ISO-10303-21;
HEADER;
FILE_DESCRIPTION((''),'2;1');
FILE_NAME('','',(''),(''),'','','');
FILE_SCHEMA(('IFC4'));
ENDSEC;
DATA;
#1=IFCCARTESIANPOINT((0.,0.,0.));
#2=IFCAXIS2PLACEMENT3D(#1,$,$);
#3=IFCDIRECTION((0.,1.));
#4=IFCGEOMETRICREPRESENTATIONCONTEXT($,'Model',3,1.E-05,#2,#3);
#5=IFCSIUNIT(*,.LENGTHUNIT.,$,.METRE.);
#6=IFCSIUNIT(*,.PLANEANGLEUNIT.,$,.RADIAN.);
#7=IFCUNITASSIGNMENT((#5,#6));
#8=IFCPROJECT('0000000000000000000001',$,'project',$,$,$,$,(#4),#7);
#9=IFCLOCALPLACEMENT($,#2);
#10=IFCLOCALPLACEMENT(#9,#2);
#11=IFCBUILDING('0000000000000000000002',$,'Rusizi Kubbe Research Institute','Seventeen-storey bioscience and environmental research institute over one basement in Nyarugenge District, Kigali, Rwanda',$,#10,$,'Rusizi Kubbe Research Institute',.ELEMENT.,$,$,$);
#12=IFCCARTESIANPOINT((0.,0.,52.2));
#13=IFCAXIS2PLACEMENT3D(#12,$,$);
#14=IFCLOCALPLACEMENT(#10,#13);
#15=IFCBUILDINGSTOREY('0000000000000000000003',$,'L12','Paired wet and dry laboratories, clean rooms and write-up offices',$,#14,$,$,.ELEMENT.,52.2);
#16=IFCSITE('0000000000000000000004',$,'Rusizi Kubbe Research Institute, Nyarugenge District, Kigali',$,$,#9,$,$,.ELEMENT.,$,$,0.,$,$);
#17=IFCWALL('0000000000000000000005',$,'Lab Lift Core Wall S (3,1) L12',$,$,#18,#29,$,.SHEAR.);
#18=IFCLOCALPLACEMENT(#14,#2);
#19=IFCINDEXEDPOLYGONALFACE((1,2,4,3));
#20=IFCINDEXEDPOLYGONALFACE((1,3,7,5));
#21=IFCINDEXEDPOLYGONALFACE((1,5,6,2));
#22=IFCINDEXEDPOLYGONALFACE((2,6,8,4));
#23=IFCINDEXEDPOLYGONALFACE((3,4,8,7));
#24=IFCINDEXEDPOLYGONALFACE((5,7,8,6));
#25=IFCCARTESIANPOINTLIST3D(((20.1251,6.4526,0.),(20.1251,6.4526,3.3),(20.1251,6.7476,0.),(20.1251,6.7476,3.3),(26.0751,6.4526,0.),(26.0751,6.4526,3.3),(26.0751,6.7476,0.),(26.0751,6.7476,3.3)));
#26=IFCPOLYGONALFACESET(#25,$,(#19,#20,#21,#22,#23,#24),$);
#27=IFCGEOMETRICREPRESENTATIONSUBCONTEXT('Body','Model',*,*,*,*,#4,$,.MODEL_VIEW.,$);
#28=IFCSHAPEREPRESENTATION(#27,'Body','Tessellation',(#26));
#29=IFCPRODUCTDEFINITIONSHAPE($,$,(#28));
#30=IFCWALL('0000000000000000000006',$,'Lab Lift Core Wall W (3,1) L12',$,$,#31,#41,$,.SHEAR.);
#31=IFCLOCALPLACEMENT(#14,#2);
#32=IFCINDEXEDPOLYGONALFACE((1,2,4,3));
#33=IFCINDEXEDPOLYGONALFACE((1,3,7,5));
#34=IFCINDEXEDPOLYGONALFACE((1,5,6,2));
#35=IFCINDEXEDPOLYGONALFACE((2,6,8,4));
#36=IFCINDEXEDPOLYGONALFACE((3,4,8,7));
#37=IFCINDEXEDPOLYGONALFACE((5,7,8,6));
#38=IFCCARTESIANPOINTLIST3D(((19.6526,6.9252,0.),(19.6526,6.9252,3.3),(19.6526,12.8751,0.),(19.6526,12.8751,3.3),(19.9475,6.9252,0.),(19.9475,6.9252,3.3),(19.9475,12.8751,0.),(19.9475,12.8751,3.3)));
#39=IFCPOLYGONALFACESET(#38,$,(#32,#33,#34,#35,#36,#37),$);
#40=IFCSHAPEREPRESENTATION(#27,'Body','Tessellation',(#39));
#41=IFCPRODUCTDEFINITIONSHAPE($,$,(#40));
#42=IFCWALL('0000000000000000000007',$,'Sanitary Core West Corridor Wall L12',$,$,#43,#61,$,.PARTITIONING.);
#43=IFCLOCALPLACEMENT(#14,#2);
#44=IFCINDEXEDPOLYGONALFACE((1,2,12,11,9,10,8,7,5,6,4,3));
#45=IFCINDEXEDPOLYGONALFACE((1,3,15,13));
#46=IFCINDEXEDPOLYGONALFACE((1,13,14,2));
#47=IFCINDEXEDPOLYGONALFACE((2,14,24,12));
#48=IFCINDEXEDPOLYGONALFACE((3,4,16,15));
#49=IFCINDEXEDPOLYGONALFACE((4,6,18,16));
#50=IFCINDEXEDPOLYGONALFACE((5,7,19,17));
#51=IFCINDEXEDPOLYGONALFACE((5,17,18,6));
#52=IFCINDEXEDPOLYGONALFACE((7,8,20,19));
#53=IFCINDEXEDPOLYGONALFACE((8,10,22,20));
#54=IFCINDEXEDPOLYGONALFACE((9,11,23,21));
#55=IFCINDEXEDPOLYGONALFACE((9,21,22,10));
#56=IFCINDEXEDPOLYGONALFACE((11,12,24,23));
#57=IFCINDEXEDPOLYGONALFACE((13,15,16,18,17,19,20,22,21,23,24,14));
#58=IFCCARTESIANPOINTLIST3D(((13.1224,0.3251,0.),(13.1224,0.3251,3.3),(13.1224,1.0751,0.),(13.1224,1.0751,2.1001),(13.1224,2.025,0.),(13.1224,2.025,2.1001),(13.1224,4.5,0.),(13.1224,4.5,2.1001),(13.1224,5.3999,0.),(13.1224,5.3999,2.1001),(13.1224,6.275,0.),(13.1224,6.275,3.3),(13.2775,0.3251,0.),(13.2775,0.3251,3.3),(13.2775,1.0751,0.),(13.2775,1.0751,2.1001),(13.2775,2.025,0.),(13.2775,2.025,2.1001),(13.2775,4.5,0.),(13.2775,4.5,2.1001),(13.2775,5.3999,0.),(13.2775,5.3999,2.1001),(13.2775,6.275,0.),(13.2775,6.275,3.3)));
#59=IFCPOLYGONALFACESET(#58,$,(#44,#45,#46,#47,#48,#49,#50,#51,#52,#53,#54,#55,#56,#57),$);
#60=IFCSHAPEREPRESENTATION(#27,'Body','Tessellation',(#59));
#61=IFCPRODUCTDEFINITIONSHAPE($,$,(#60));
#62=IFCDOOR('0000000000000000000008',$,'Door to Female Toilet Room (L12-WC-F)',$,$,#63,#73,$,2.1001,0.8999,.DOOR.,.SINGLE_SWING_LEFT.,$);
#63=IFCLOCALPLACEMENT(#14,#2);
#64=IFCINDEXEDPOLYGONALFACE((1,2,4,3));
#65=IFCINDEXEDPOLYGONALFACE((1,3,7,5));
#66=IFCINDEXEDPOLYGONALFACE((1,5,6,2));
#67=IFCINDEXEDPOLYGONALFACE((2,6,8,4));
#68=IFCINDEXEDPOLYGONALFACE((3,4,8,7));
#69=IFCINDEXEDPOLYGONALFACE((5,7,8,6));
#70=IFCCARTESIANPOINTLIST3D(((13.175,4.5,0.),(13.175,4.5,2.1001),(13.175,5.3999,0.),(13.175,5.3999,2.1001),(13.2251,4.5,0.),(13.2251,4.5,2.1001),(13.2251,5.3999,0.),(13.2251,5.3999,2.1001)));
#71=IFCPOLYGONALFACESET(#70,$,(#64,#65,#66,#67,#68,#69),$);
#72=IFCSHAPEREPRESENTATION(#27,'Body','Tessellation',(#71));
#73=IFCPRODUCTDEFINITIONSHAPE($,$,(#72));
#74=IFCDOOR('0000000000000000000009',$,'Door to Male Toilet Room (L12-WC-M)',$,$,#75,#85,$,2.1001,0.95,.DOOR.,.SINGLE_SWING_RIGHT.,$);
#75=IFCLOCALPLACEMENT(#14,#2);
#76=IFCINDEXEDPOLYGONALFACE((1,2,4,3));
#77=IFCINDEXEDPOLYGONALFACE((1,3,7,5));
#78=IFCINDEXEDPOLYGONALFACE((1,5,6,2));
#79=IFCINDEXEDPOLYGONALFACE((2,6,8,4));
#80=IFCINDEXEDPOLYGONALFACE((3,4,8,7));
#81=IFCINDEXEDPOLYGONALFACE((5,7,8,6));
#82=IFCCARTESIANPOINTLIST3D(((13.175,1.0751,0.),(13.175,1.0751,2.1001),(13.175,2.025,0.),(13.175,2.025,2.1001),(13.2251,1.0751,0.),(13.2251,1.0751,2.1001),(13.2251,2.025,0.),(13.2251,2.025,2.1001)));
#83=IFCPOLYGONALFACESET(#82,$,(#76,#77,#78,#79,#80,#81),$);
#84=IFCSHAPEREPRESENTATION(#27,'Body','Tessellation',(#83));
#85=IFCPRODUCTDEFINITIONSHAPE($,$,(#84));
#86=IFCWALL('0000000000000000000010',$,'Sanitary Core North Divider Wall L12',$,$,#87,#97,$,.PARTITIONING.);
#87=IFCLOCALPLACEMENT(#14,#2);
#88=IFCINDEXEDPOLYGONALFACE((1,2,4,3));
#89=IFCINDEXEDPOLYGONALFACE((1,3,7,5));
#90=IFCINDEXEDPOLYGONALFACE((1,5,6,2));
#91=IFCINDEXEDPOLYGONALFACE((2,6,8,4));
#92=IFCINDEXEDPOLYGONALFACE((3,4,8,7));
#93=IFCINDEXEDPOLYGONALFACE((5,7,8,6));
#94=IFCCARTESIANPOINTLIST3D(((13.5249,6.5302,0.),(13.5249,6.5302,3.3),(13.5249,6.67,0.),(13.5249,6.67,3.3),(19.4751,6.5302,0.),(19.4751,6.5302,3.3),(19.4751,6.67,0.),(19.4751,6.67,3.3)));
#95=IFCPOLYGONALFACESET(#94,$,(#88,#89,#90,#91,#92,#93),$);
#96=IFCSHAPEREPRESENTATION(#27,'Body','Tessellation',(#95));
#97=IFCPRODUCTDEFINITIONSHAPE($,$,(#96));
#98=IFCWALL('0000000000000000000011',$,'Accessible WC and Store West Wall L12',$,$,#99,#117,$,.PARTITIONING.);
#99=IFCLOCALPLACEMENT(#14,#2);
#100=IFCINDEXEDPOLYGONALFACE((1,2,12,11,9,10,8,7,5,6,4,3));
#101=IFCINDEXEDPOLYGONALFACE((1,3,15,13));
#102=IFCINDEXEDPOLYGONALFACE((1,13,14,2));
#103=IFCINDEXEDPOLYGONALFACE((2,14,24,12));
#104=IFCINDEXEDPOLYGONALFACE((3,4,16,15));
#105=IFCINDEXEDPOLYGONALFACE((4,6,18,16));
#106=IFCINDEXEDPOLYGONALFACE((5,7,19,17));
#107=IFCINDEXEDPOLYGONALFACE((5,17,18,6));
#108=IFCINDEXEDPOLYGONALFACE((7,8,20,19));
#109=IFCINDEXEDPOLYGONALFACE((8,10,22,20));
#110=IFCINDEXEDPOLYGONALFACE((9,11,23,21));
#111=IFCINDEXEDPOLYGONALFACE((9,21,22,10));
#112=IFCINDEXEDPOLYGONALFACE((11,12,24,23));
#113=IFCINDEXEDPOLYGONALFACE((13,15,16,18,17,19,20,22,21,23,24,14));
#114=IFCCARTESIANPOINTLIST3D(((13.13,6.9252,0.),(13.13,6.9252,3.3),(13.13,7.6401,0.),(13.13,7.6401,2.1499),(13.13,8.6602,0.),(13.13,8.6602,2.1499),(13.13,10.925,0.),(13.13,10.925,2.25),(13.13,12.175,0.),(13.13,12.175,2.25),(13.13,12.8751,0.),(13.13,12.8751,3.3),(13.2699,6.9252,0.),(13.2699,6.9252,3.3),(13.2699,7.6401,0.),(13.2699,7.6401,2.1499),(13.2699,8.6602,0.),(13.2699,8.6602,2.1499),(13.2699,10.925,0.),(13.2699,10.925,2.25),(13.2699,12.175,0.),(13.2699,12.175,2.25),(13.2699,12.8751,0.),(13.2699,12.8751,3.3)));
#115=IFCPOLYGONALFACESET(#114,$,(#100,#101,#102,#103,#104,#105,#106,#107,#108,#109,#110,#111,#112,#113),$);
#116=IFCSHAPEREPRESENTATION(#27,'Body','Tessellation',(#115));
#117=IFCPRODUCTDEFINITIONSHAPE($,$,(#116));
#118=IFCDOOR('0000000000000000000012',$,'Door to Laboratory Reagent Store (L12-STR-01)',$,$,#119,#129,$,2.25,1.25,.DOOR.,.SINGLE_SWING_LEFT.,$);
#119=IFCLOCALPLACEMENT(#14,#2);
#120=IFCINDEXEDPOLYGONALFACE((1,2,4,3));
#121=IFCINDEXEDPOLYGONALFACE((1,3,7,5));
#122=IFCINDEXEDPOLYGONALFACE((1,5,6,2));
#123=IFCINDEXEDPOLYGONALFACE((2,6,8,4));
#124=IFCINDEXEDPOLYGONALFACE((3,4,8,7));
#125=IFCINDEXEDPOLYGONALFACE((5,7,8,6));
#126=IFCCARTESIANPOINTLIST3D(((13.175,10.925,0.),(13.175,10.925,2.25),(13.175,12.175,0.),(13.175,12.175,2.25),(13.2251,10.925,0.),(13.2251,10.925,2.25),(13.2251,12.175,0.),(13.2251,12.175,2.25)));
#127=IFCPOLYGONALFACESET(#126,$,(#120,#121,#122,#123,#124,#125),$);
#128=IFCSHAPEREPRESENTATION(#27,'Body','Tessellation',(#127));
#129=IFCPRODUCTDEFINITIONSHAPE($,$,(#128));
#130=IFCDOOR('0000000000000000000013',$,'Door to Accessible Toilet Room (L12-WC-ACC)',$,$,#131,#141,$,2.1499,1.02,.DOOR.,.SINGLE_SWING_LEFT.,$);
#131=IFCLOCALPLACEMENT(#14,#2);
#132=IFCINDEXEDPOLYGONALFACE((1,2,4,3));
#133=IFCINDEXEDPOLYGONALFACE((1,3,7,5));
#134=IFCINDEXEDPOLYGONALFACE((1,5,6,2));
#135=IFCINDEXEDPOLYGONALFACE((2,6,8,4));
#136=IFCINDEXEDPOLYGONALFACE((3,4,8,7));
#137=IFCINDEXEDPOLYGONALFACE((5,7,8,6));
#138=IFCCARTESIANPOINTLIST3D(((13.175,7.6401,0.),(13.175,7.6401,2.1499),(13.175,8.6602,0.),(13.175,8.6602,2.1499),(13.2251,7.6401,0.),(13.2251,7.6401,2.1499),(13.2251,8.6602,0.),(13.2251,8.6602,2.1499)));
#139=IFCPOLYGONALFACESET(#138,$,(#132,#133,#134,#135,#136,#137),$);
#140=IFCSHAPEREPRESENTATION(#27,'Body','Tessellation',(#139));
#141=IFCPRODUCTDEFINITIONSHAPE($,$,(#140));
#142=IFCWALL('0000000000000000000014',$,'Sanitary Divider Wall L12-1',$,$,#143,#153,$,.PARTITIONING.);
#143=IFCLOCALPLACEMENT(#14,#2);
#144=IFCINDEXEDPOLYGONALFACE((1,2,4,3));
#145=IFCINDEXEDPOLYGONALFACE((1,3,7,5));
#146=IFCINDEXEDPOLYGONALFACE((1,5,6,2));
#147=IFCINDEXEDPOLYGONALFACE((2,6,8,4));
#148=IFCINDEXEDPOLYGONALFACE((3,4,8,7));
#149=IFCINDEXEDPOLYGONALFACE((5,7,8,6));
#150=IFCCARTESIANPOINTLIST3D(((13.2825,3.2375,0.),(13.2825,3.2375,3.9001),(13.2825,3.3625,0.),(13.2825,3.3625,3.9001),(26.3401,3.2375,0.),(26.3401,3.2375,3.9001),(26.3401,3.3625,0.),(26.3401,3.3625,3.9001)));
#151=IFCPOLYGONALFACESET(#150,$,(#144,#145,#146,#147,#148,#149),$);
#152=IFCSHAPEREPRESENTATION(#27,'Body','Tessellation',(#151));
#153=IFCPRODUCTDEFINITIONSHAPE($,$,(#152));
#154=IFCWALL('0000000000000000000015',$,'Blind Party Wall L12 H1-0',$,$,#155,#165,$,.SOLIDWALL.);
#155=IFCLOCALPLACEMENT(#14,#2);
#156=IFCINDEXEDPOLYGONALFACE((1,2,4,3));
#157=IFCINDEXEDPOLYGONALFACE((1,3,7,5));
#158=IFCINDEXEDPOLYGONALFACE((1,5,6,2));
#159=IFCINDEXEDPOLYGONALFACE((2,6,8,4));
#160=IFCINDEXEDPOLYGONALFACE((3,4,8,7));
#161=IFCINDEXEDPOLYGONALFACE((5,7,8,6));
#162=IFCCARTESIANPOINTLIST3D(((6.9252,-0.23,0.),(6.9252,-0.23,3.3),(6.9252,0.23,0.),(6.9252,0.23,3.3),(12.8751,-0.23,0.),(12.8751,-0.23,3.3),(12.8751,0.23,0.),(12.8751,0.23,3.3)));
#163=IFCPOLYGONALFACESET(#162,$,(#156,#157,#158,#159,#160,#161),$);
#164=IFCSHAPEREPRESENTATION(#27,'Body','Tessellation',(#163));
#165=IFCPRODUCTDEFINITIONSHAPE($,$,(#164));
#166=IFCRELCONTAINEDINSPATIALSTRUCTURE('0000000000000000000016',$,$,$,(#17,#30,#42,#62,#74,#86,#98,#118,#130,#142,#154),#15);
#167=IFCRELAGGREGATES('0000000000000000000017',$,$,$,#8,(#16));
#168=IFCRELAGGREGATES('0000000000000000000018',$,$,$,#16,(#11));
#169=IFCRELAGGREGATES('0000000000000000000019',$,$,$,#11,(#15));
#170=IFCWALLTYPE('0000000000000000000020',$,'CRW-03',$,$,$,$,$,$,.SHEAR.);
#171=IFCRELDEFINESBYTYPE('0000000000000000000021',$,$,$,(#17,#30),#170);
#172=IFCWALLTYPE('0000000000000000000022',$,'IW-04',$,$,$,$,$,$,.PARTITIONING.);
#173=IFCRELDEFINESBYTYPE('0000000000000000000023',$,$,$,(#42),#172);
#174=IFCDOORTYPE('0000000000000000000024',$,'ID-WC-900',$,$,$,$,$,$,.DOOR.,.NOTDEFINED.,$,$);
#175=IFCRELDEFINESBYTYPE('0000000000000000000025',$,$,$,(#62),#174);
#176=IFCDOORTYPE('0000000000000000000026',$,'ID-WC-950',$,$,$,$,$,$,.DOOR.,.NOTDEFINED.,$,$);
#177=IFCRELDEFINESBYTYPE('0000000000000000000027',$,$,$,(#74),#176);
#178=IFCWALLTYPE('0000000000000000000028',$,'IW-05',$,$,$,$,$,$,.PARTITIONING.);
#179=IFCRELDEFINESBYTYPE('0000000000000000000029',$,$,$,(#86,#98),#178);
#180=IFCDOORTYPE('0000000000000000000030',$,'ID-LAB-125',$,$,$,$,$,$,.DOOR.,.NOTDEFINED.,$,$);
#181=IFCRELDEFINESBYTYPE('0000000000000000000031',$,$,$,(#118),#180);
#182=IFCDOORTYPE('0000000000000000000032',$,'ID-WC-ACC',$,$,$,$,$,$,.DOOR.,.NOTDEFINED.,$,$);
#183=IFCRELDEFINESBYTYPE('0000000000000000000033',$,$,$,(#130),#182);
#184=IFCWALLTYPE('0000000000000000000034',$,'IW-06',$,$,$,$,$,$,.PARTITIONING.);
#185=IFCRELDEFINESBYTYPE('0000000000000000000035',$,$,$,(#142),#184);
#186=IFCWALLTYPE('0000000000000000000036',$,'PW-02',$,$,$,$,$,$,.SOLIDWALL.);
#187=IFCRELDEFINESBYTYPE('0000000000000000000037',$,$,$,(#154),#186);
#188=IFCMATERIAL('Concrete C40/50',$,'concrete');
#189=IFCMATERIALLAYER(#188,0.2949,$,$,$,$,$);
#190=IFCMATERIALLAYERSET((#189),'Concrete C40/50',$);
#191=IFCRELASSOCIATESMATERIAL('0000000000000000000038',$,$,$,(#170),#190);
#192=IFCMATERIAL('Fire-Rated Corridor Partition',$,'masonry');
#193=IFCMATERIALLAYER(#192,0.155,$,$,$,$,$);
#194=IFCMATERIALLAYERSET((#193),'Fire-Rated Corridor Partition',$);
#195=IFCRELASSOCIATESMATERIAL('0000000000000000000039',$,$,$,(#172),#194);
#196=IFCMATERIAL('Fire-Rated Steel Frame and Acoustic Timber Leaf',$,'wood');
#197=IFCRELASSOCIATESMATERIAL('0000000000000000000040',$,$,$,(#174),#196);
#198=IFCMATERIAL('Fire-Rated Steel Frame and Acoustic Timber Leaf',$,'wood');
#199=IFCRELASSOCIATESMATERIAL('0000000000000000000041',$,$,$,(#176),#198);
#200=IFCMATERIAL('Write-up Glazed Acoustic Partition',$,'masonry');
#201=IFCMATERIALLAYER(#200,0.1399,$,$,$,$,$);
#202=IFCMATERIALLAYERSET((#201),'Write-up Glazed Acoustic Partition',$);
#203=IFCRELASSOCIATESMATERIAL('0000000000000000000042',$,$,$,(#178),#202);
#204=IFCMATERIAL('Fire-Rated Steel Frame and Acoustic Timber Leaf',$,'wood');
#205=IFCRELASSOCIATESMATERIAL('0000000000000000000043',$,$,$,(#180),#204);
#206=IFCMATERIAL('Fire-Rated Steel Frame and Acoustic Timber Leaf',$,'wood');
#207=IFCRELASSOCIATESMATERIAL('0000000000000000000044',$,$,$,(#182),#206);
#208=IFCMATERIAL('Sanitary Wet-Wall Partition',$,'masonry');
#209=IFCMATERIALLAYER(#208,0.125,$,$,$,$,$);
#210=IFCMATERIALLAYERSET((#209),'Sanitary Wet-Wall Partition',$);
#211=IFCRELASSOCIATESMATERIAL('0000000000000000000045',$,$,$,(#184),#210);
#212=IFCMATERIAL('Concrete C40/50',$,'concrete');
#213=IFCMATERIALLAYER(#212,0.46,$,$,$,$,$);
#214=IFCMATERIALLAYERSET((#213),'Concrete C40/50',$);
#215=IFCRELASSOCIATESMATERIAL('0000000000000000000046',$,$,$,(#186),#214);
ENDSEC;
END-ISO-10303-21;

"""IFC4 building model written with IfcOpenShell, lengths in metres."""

from ifc_helpers import new_model, si_unit, direction, frame, frame_2d, origin, place, context, subcontext, project, spatial, rectangle, extrude, material, layer, layer_set, type_object, element, fill, save


model = new_model("IFC4")

# Units and contexts
model_context = context("Model", 3, precision=1e-05, world=origin(), true_north=direction((0.0, 1.0)))
body_context = subcontext(model_context, "Body", "Model", "MODEL_VIEW")
ifc_project = project(units=[si_unit("LENGTHUNIT", "METRE"), si_unit("PLANEANGLEUNIT", "RADIAN")], contexts=[model_context])

# Site, building, storey
site_placement = place(None, origin())
site = spatial("IfcSite", under=ifc_project, at=site_placement, Name="Rusizi Kubbe Research Institute, Nyarugenge District, Kigali", CompositionType="ELEMENT", RefElevation=0.0)
building_placement = place(site_placement, origin())
building = spatial("IfcBuilding", under=site, at=building_placement, Name="Rusizi Kubbe Research Institute", Description="Seventeen-storey bioscience and environmental research institute over one basement in Nyarugenge District, Kigali, Rwanda", LongName="Rusizi Kubbe Research Institute", CompositionType="ELEMENT")
storey_placement = place(building_placement, frame((0.0, 0.0, 52.2)))
storey = spatial("IfcBuildingStorey", under=building, at=storey_placement, Name="L12", Description="Paired wet and dry laboratories, clean rooms and write-up offices", CompositionType="ELEMENT", Elevation=52.2)

# Walls
ifc_material_1 = material(Name="Concrete C40/50", Category="concrete")
ifc_layer_1 = layer(ifc_material_1, 0.2949)
ifc_layer_set_1 = layer_set([ifc_layer_1], Name="Concrete C40/50")
wall_type_1 = type_object("IfcWallType", Name="CRW-03", PredefinedType="SHEAR", material=ifc_layer_set_1)
for number, where, z_axis, x_axis, name in (
    (1, (20.125, 6.6001, 0.0), (0.0, 0.0, 1.0), (1.0, 0.0, 0.0), "Lab Lift Core Wall S (3,1) L12"),
    (2, (19.8, 6.925, 0.0), (0.0, 0.0, 1.0), (0.0, 1.0, 0.0), "Lab Lift Core Wall W (3,1) L12"),
):
    element("IfcWall", number, at=place(storey_placement, frame(where, z_axis=z_axis, x_axis=x_axis)), inside=storey, type_object=wall_type_1, Name=name, PredefinedType="SHEAR", context=body_context, shape_type="SweptSolid", body=[
        extrude(rectangle(XDim=5.95, YDim=0.2949, at=frame_2d((2.9751, 0.0))), origin(), (0.0, 0.0, 1.0), 3.3),
    ])

# Wall, openings, doors
ifc_material_2 = material(Name="Fire-Rated Corridor Partition", Category="masonry")
ifc_layer_2 = layer(ifc_material_2, 0.155)
ifc_layer_set_2 = layer_set([ifc_layer_2], Name="Fire-Rated Corridor Partition")
wall_type_2 = type_object("IfcWallType", Name="IW-04", PredefinedType="PARTITIONING", material=ifc_layer_set_2)
wall_1_placement = place(storey_placement, frame((13.2, 0.325, 0.0), z_axis=(0.0, 0.0, 1.0), x_axis=(0.0, 1.0, 0.0)))
wall_1 = element("IfcWall", 3, at=wall_1_placement, inside=storey, type_object=wall_type_2, Name="Sanitary Core West Corridor Wall L12", PredefinedType="PARTITIONING", context=body_context, shape_type="SweptSolid", body=[
    extrude(rectangle(XDim=5.95, YDim=0.155, at=frame_2d((2.9751, 0.0))), origin(), (0.0, 0.0, 1.0), 3.3),
])
opening_1_placement = place(wall_1_placement, frame((0.75, 0.0, 0.0)))
opening_1 = element("IfcOpeningElement", 4, at=opening_1_placement, cuts=wall_1, PredefinedType="OPENING", context=body_context, shape_type="SweptSolid", body=[
    extrude(rectangle(XDim=0.95, YDim=2.1001, at=frame_2d((0.4751, 1.05))), frame((0.0, 0.0874, 0.0), z_axis=(0.0, -1.0, 0.0), x_axis=(1.0, 0.0, 0.0)), (0.0, 0.0, 1.0), 0.175),
])
opening_2_placement = place(wall_1_placement, frame((4.175, 0.0, 0.0)))
opening_2 = element("IfcOpeningElement", 5, at=opening_2_placement, cuts=wall_1, PredefinedType="OPENING", context=body_context, shape_type="SweptSolid", body=[
    extrude(rectangle(XDim=0.8999, YDim=2.1001, at=frame_2d((0.45, 1.05))), frame((0.0, 0.0874, 0.0), z_axis=(0.0, -1.0, 0.0), x_axis=(1.0, 0.0, 0.0)), (0.0, 0.0, 1.0), 0.175),
])
ifc_material_3 = material(Name="Fire-Rated Steel Frame and Acoustic Timber Leaf", Category="wood")
door_type_1 = type_object("IfcDoorType", Name="ID-WC-900", OperationType="NOTDEFINED", PredefinedType="DOOR", material=ifc_material_3)
door_1_placement = place(opening_2_placement, origin())
door_1 = element("IfcDoor", 6, at=door_1_placement, inside=storey, type_object=door_type_1, Name="Door to Female Toilet Room (L12-WC-F)", OperationType="SINGLE_SWING_LEFT", OverallHeight=2.1001, OverallWidth=0.8999, PredefinedType="DOOR", context=body_context, shape_type="SweptSolid", body=[
    extrude(rectangle(XDim=0.8999, YDim=2.1001, at=frame_2d((0.45, 1.05))), frame((0.0, 0.0249, 0.0), z_axis=(0.0, -1.0, 0.0), x_axis=(1.0, 0.0, 0.0)), (0.0, 0.0, 1.0), 0.05),
])
fill(opening_2, door_1)
ifc_material_4 = material(Name="Fire-Rated Steel Frame and Acoustic Timber Leaf", Category="wood")
door_type_2 = type_object("IfcDoorType", Name="ID-WC-950", OperationType="NOTDEFINED", PredefinedType="DOOR", material=ifc_material_4)
door_2_placement = place(opening_1_placement, origin())
door_2 = element("IfcDoor", 7, at=door_2_placement, inside=storey, type_object=door_type_2, Name="Door to Male Toilet Room (L12-WC-M)", OperationType="SINGLE_SWING_RIGHT", OverallHeight=2.1001, OverallWidth=0.95, PredefinedType="DOOR", context=body_context, shape_type="SweptSolid", body=[
    extrude(rectangle(XDim=0.95, YDim=2.1001, at=frame_2d((0.4751, 1.05))), frame((0.0, 0.0249, 0.0), z_axis=(0.0, -1.0, 0.0), x_axis=(1.0, 0.0, 0.0)), (0.0, 0.0, 1.0), 0.05),
])
fill(opening_1, door_2)

# Wall
ifc_material_5 = material(Name="Write-up Glazed Acoustic Partition", Category="masonry")
ifc_layer_3 = layer(ifc_material_5, 0.1399)
ifc_layer_set_3 = layer_set([ifc_layer_3], Name="Write-up Glazed Acoustic Partition")
wall_type_3 = type_object("IfcWallType", Name="IW-05", PredefinedType="PARTITIONING", material=ifc_layer_set_3)
wall_2_placement = place(storey_placement, frame((13.5249, 6.6001, 0.0), z_axis=(0.0, 0.0, 1.0), x_axis=(1.0, 0.0, 0.0)))
element("IfcWall", 8, at=wall_2_placement, inside=storey, type_object=wall_type_3, Name="Sanitary Core North Divider Wall L12", PredefinedType="PARTITIONING", context=body_context, shape_type="SweptSolid", body=[
    extrude(rectangle(XDim=5.9502, YDim=0.1399, at=frame_2d((2.9751, 0.0))), origin(), (0.0, 0.0, 1.0), 3.3),
])

# Wall, openings, doors
wall_3_placement = place(storey_placement, frame((13.2, 6.925, 0.0), z_axis=(0.0, 0.0, 1.0), x_axis=(0.0, 1.0, 0.0)))
wall_3 = element("IfcWall", 9, at=wall_3_placement, inside=storey, type_object=wall_type_3, Name="Accessible WC and Store West Wall L12", PredefinedType="PARTITIONING", context=body_context, shape_type="SweptSolid", body=[
    extrude(rectangle(XDim=5.95, YDim=0.1399, at=frame_2d((2.9751, 0.0))), origin(), (0.0, 0.0, 1.0), 3.3),
])
opening_3_placement = place(wall_3_placement, frame((0.7151, 0.0, 0.0)))
opening_3 = element("IfcOpeningElement", 10, at=opening_3_placement, cuts=wall_3, PredefinedType="OPENING", context=body_context, shape_type="SweptSolid", body=[
    extrude(rectangle(XDim=1.02, YDim=2.1499, at=frame_2d((0.51, 1.075))), frame((0.0, 0.0798, 0.0), z_axis=(0.0, -1.0, 0.0), x_axis=(1.0, 0.0, 0.0)), (0.0, 0.0, 1.0), 0.1599),
])
opening_4_placement = place(wall_3_placement, frame((4.0, 0.0, 0.0)))
opening_4 = element("IfcOpeningElement", 11, at=opening_4_placement, cuts=wall_3, PredefinedType="OPENING", context=body_context, shape_type="SweptSolid", body=[
    extrude(rectangle(XDim=1.25, YDim=2.25, at=frame_2d((0.625, 1.125))), frame((0.0, 0.0798, 0.0), z_axis=(0.0, -1.0, 0.0), x_axis=(1.0, 0.0, 0.0)), (0.0, 0.0, 1.0), 0.1599),
])
ifc_material_6 = material(Name="Fire-Rated Steel Frame and Acoustic Timber Leaf", Category="wood")
door_type_3 = type_object("IfcDoorType", Name="ID-LAB-125", OperationType="NOTDEFINED", PredefinedType="DOOR", material=ifc_material_6)
door_3_placement = place(opening_4_placement, origin())
door_3 = element("IfcDoor", 12, at=door_3_placement, inside=storey, type_object=door_type_3, Name="Door to Laboratory Reagent Store (L12-STR-01)", OperationType="SINGLE_SWING_LEFT", OverallHeight=2.25, OverallWidth=1.25, PredefinedType="DOOR", context=body_context, shape_type="SweptSolid", body=[
    extrude(rectangle(XDim=1.25, YDim=2.25, at=frame_2d((0.625, 1.125))), frame((0.0, 0.0249, 0.0), z_axis=(0.0, -1.0, 0.0), x_axis=(1.0, 0.0, 0.0)), (0.0, 0.0, 1.0), 0.05),
])
fill(opening_4, door_3)
ifc_material_7 = material(Name="Fire-Rated Steel Frame and Acoustic Timber Leaf", Category="wood")
door_type_4 = type_object("IfcDoorType", Name="ID-WC-ACC", OperationType="NOTDEFINED", PredefinedType="DOOR", material=ifc_material_7)
door_4_placement = place(opening_3_placement, origin())
door_4 = element("IfcDoor", 13, at=door_4_placement, inside=storey, type_object=door_type_4, Name="Door to Accessible Toilet Room (L12-WC-ACC)", OperationType="SINGLE_SWING_LEFT", OverallHeight=2.1499, OverallWidth=1.02, PredefinedType="DOOR", context=body_context, shape_type="SweptSolid", body=[
    extrude(rectangle(XDim=1.02, YDim=2.1499, at=frame_2d((0.51, 1.075))), frame((0.0, 0.0249, 0.0), z_axis=(0.0, -1.0, 0.0), x_axis=(1.0, 0.0, 0.0)), (0.0, 0.0, 1.0), 0.05),
])
fill(opening_3, door_4)

# Walls
ifc_material_8 = material(Name="Sanitary Wet-Wall Partition", Category="masonry")
ifc_layer_4 = layer(ifc_material_8, 0.125)
ifc_layer_set_4 = layer_set([ifc_layer_4], Name="Sanitary Wet-Wall Partition")
wall_type_4 = type_object("IfcWallType", Name="IW-06", PredefinedType="PARTITIONING", material=ifc_layer_set_4)
wall_4_placement = place(storey_placement, frame((13.2825, 3.3, 0.0), z_axis=(0.0, 0.0, 1.0), x_axis=(1.0, 0.0, 0.0)))
element("IfcWall", 14, at=wall_4_placement, inside=storey, type_object=wall_type_4, Name="Sanitary Divider Wall L12-1", PredefinedType="PARTITIONING", context=body_context, shape_type="SweptSolid", body=[
    extrude(rectangle(XDim=13.0576, YDim=0.125, at=frame_2d((6.5288, 0.0))), origin(), (0.0, 0.0, 1.0), 3.9001),
])
ifc_material_9 = material(Name="Concrete C40/50", Category="concrete")
ifc_layer_5 = layer(ifc_material_9, 0.46)
ifc_layer_set_5 = layer_set([ifc_layer_5], Name="Concrete C40/50")
wall_type_5 = type_object("IfcWallType", Name="PW-02", PredefinedType="SOLIDWALL", material=ifc_layer_set_5)
wall_5_placement = place(storey_placement, frame((6.925, 0.0, 0.0), z_axis=(0.0, 0.0, 1.0), x_axis=(1.0, 0.0, 0.0)))
element("IfcWall", 15, at=wall_5_placement, inside=storey, type_object=wall_type_5, Name="Blind Party Wall L12 H1-0", PredefinedType="SOLIDWALL", context=body_context, shape_type="SweptSolid", body=[
    extrude(rectangle(XDim=5.95, YDim=0.46, at=frame_2d((2.9751, 0.0))), origin(), (0.0, 0.0, 1.0), 3.3),
])

save(model, "model.ifc")
